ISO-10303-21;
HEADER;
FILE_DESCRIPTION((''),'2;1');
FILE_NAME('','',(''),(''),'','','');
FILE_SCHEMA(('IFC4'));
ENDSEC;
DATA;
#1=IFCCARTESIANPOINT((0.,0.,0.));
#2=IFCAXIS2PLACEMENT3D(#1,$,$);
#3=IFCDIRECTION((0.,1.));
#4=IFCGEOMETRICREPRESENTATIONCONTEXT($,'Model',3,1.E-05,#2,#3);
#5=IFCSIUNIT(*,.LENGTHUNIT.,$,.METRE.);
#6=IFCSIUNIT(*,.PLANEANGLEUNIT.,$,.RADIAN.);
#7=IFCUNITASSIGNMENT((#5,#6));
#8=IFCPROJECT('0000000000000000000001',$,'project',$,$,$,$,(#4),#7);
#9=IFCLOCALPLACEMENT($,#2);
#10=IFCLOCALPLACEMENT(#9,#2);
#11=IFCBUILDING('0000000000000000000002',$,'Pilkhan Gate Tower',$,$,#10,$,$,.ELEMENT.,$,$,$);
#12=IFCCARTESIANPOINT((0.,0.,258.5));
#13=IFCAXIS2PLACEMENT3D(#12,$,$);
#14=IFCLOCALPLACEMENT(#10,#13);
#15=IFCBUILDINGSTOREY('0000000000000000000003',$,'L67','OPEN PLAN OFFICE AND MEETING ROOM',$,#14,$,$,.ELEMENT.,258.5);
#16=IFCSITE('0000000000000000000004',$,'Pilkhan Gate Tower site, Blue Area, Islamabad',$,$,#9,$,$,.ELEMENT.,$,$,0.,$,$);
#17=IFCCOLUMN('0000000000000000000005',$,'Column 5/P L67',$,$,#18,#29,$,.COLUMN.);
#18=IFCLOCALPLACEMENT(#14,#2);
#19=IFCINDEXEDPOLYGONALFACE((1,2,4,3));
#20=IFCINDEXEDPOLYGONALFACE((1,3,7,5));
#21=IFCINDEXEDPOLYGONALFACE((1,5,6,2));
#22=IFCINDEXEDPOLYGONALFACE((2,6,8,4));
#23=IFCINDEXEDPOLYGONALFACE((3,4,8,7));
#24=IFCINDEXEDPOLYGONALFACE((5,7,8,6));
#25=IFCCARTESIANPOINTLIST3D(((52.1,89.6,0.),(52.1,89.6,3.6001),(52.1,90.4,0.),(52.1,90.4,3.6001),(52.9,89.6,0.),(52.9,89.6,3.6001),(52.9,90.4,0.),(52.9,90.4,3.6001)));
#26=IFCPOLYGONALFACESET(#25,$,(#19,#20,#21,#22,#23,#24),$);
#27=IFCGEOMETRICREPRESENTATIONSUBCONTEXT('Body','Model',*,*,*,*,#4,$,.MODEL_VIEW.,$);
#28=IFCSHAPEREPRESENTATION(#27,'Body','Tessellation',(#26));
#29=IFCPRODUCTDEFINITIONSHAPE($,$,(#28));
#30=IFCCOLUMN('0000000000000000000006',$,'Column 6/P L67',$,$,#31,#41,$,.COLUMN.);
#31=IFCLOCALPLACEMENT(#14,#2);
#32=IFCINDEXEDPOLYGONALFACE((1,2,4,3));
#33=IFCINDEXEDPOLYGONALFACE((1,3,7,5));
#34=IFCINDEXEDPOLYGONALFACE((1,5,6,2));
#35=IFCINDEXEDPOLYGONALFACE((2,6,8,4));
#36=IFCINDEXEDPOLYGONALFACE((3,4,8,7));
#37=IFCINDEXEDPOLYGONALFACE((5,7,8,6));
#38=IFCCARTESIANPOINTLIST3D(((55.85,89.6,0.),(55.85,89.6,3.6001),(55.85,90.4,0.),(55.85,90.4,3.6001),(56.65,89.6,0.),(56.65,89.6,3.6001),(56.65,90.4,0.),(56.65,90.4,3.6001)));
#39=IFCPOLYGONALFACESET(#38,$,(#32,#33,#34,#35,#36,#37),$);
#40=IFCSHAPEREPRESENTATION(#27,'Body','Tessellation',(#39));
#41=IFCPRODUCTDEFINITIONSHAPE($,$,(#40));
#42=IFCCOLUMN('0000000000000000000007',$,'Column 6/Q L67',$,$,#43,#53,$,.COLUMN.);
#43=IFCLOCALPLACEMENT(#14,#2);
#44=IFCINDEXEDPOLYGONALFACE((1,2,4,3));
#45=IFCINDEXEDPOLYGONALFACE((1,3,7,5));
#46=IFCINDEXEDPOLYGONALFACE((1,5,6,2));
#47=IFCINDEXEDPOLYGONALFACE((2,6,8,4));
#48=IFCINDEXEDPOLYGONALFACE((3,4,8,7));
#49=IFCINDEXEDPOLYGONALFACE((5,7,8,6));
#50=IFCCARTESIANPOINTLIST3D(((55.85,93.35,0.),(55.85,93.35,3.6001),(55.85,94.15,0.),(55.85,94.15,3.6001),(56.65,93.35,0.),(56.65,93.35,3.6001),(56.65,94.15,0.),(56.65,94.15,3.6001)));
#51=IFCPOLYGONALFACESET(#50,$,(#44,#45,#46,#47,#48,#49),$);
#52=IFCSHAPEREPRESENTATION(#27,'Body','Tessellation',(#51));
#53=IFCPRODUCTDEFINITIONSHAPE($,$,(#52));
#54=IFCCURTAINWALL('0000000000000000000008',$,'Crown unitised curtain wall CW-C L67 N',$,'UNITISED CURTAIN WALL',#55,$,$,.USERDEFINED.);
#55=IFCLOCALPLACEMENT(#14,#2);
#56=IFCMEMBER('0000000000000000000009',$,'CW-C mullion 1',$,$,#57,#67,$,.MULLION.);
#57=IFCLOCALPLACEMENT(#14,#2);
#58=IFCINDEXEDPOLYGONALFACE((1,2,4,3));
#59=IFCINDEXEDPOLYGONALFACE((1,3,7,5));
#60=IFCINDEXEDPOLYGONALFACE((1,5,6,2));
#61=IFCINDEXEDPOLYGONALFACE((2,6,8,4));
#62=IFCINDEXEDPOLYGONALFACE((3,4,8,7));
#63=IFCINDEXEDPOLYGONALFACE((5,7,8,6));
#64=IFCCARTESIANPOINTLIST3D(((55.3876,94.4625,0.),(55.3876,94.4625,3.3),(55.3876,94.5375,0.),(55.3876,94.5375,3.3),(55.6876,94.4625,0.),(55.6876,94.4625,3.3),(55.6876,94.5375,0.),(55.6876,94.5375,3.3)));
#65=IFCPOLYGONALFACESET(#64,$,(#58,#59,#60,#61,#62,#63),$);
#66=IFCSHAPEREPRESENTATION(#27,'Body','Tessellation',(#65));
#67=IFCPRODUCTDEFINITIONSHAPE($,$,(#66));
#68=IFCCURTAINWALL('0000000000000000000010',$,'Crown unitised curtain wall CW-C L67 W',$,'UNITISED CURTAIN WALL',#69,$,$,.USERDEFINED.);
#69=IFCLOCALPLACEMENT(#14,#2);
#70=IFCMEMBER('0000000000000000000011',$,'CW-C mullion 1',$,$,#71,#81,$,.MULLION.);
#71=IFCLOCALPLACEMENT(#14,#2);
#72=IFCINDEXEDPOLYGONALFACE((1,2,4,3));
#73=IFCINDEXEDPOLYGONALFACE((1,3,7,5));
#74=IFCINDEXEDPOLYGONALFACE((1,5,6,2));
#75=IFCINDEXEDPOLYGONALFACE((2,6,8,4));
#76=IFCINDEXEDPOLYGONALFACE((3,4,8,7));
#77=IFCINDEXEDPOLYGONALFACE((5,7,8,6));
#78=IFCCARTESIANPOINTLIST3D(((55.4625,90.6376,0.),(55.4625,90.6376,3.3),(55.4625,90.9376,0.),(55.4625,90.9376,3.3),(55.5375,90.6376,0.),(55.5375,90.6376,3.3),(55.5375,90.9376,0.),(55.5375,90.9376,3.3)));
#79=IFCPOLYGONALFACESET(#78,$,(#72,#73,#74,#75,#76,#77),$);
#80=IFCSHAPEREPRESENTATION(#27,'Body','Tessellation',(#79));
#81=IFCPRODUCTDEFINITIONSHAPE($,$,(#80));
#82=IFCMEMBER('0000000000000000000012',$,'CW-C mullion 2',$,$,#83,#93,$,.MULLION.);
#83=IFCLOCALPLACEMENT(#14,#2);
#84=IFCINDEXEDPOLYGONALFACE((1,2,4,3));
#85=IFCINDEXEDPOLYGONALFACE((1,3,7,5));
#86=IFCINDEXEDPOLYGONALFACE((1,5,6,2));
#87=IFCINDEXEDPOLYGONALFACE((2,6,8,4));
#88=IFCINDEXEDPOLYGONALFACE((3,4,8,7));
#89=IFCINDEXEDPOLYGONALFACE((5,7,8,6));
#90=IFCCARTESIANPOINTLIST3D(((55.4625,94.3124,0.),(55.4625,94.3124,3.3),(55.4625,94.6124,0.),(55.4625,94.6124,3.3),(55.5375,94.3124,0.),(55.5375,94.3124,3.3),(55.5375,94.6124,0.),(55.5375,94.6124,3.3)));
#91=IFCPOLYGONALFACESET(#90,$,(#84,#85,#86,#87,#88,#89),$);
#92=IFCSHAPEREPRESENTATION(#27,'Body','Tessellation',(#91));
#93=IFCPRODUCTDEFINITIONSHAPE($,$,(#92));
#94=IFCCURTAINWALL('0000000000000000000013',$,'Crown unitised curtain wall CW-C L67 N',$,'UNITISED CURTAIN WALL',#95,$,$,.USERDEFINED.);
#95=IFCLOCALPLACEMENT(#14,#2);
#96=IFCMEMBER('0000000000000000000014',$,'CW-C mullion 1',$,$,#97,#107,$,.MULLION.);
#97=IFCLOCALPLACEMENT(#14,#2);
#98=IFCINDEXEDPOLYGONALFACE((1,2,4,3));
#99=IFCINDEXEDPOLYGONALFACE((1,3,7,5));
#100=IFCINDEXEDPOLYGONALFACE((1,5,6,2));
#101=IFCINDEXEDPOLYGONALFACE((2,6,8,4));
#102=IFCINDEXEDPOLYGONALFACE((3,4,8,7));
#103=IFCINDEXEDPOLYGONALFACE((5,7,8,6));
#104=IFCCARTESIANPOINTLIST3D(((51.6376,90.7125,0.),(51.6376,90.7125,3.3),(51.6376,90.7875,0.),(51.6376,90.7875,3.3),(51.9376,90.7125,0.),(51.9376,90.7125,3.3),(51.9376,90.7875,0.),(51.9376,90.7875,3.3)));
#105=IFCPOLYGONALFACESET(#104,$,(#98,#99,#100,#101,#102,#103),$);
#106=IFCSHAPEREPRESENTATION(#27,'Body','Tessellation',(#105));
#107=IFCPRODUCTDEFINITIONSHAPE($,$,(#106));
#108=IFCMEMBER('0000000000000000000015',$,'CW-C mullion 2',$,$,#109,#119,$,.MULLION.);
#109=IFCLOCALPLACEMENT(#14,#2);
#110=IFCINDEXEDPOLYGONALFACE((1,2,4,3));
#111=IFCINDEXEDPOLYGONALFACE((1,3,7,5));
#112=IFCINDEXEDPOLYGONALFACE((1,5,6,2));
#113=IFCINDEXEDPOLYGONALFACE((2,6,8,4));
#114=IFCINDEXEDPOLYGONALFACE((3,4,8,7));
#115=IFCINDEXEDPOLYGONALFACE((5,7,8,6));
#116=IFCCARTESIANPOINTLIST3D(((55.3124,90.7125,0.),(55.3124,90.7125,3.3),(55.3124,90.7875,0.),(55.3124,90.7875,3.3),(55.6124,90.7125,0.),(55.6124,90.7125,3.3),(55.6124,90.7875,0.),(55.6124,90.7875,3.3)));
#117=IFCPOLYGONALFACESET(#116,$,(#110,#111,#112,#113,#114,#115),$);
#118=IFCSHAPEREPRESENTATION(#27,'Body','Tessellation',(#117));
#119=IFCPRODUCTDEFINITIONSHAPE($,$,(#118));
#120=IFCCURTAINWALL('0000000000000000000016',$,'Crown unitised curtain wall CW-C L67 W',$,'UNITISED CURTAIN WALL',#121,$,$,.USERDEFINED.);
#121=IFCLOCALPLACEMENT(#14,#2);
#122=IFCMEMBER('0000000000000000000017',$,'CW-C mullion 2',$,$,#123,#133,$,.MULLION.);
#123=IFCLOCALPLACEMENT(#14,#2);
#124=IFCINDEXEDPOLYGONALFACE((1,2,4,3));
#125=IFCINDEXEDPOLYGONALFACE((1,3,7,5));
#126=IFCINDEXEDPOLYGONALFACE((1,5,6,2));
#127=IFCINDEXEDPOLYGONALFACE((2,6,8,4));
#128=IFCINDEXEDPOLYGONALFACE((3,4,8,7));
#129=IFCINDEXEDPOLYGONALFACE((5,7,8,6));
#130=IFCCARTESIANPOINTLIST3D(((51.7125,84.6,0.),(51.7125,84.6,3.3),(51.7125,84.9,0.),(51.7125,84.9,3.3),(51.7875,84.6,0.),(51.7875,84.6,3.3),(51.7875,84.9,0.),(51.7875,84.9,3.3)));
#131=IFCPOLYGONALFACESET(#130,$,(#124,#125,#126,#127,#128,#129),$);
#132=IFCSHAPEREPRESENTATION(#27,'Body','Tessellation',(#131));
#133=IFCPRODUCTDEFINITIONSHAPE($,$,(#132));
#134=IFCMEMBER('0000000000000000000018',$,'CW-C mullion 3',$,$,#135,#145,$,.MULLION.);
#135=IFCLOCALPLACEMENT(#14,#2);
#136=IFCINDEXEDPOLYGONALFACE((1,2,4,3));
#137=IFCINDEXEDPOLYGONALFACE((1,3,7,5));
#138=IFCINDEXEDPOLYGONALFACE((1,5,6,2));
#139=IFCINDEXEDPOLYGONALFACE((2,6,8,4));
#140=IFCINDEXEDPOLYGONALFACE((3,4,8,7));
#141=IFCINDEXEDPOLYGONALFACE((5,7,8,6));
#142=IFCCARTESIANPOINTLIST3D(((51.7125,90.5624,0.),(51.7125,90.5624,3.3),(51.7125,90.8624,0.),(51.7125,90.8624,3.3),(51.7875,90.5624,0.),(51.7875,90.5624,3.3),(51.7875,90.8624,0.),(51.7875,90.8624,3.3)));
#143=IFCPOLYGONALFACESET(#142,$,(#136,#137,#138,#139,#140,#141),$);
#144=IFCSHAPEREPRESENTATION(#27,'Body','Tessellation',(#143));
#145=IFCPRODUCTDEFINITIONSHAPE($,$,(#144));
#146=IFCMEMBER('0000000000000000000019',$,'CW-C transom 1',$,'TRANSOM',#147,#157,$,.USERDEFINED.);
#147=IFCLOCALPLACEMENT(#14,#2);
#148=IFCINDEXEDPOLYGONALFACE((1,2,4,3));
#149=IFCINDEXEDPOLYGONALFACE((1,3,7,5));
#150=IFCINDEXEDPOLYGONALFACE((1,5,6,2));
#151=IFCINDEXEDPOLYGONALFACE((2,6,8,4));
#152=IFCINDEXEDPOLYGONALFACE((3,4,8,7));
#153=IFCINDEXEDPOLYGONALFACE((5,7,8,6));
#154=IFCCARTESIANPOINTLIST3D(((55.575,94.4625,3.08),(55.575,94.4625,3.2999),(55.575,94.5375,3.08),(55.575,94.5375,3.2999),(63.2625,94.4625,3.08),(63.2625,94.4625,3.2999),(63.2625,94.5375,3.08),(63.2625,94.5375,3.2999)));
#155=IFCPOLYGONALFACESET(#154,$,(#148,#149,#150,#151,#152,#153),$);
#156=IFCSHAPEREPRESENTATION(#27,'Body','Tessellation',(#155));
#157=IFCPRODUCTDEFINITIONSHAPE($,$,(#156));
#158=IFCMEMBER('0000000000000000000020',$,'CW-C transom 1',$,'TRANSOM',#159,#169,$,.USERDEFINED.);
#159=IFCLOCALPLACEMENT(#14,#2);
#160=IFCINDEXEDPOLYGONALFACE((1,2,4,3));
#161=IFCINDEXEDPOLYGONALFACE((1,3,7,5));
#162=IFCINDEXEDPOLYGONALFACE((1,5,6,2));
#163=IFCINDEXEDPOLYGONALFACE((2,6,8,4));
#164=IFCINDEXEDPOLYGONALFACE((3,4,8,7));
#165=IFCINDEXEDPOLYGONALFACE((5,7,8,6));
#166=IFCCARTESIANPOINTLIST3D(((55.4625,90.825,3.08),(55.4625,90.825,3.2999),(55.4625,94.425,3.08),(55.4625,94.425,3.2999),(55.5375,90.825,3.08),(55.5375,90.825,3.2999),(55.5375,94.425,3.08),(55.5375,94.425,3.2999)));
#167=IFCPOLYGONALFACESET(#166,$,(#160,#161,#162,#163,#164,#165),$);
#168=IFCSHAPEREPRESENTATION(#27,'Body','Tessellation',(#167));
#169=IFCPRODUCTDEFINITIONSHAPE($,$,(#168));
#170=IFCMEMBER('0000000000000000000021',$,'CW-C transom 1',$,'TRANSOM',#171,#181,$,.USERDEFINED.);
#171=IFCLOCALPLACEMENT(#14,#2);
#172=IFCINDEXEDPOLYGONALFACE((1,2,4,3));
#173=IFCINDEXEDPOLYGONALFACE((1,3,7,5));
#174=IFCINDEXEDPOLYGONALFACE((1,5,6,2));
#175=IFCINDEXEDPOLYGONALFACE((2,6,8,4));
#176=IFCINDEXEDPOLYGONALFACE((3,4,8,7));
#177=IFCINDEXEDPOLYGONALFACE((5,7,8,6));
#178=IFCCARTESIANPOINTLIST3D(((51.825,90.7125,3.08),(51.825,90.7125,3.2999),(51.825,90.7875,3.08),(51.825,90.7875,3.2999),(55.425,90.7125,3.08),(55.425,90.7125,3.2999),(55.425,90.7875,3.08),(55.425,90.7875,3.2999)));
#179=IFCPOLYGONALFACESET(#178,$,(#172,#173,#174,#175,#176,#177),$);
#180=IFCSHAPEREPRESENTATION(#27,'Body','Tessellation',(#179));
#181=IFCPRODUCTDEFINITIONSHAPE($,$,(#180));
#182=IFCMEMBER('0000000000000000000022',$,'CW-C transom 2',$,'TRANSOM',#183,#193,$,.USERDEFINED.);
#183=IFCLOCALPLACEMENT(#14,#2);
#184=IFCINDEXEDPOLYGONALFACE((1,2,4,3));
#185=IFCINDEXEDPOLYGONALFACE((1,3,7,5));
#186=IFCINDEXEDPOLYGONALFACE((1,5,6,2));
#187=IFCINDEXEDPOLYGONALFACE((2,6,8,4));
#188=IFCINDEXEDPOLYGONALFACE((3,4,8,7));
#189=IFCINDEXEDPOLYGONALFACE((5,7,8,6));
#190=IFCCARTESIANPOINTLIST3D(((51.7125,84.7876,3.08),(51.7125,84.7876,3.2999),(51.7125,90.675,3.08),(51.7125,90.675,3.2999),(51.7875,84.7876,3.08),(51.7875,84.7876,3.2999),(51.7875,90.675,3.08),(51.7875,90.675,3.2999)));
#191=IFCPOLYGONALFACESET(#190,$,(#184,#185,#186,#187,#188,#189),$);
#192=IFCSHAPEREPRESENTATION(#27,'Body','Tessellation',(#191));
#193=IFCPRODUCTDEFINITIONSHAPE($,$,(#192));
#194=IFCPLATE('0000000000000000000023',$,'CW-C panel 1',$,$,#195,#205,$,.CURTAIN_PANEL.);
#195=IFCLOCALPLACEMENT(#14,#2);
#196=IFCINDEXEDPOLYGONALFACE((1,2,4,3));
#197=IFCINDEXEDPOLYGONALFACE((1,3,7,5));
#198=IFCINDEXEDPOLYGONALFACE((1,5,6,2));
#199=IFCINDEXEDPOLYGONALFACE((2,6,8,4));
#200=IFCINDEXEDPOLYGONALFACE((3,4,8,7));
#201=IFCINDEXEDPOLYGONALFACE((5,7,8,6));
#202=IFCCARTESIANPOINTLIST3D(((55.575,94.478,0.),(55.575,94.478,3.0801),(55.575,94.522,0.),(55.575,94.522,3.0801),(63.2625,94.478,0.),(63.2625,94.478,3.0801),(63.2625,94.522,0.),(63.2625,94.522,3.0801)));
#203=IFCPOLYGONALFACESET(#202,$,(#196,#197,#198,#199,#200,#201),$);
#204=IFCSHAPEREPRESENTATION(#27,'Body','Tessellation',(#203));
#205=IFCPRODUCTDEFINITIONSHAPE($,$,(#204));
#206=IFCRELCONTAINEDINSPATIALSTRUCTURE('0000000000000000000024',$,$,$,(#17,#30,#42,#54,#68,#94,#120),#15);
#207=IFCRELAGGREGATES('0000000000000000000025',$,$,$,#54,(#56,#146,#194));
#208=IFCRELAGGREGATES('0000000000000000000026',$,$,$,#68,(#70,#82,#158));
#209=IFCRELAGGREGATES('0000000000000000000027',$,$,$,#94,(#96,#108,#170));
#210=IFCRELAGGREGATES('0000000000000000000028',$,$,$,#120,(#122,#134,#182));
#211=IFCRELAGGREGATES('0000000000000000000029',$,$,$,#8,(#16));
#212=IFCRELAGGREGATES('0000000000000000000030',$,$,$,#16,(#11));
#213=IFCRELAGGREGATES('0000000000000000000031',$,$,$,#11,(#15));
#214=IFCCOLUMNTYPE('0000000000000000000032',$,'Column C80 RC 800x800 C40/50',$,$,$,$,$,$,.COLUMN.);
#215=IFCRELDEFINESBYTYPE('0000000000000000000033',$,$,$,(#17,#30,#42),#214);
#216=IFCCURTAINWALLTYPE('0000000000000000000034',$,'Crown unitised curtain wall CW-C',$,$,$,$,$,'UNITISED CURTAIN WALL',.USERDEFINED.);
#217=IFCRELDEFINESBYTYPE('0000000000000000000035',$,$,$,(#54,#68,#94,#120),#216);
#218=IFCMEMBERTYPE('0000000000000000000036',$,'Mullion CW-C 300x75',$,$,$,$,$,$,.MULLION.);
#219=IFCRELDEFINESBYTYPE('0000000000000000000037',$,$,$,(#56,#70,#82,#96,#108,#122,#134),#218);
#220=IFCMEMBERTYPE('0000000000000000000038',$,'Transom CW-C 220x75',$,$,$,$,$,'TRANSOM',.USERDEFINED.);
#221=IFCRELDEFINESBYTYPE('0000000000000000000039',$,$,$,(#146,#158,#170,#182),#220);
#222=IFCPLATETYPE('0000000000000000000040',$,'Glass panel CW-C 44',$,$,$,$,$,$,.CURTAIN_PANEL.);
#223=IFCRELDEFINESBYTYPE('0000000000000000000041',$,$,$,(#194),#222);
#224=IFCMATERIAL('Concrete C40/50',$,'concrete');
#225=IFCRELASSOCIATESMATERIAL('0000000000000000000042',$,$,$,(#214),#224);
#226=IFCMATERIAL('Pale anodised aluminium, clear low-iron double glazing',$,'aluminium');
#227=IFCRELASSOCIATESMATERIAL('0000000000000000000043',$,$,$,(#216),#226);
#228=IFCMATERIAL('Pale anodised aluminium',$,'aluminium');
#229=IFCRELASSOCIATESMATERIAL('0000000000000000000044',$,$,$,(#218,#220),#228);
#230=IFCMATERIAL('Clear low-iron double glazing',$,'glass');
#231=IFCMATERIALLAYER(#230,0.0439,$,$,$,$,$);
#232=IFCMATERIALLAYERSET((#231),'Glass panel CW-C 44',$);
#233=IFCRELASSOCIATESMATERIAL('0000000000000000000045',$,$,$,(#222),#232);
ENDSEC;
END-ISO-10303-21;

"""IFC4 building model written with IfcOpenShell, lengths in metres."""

from ifc_helpers import new_model, si_unit, direction, frame, origin, origin_2d, place, context, subcontext, project, spatial, rectangle, extrude, material, layer, layer_set, material_profile, profile_set, type_object, element, aggregate, save


model = new_model("IFC4")

# Units and contexts
model_context = context("Model", 3, precision=1e-05, world=origin(), true_north=direction((0.0, 1.0)))
body_context = subcontext(model_context, "Body", "Model", "MODEL_VIEW")
ifc_project = project(units=[si_unit("LENGTHUNIT", "METRE"), si_unit("PLANEANGLEUNIT", "RADIAN")], contexts=[model_context])

# Site, building, storey
site_placement = place(None, origin())
site = spatial("IfcSite", under=ifc_project, at=site_placement, Name="Pilkhan Gate Tower site, Blue Area, Islamabad", CompositionType="ELEMENT", RefElevation=0.0)
building_placement = place(site_placement, origin())
building = spatial("IfcBuilding", under=site, at=building_placement, Name="Pilkhan Gate Tower", CompositionType="ELEMENT")
storey_placement = place(building_placement, frame((0.0, 0.0, 258.5)))
storey = spatial("IfcBuildingStorey", under=building, at=storey_placement, Name="L67", Description="OPEN PLAN OFFICE AND MEETING ROOM", CompositionType="ELEMENT", Elevation=258.5)

# Columns
ifc_material_1 = material(Name="Concrete C40/50", Category="concrete")
ifc_material_profile_1 = material_profile(ifc_material_1, rectangle(XDim=0.8, YDim=0.8, at=origin_2d()), Name="RC 800x800")
ifc_profile_set_1 = profile_set([ifc_material_profile_1], Name="Concrete C40/50")
column_type = type_object("IfcColumnType", Name="Column C80 RC 800x800 C40/50", PredefinedType="COLUMN", material=ifc_profile_set_1)
for number, where, z_axis, x_axis, name in (
    (1, (52.5, 90.0, 0.0), (0.0, 0.0, 1.0), (1.0, 0.0, 0.0), "Column 5/P L67"),
    (2, (56.25, 90.0, 0.0), (0.0, 0.0, 1.0), (1.0, 0.0, 0.0), "Column 6/P L67"),
    (3, (56.25, 93.75, 0.0), (0.0, 0.0, 1.0), (1.0, 0.0, 0.0), "Column 6/Q L67"),
):
    element("IfcColumn", number, at=place(storey_placement, frame(where, z_axis=z_axis, x_axis=x_axis)), inside=storey, type_object=column_type, Name=name, PredefinedType="COLUMN", context=body_context, shape_type="SweptSolid", body=[
        extrude(rectangle(XDim=0.8, YDim=0.8, at=origin_2d()), origin(), (0.0, 0.0, 1.0), 3.6001),
    ])

# Curtain wall, member
ifc_material_2 = material(Name="Pale anodised aluminium, clear low-iron double glazing", Category="aluminium")
curtain_wall_type = type_object("IfcCurtainWallType", Name="Crown unitised curtain wall CW-C", ElementType="UNITISED CURTAIN WALL", PredefinedType="USERDEFINED", material=ifc_material_2)
curtain_wall_1_placement = place(storey_placement, origin())
curtain_wall_1 = element("IfcCurtainWall", 4, at=curtain_wall_1_placement, inside=storey, type_object=curtain_wall_type, Name="Crown unitised curtain wall CW-C L67 N", ObjectType="UNITISED CURTAIN WALL", PredefinedType="USERDEFINED")
ifc_material_3 = material(Name="Pale anodised aluminium", Category="aluminium")
ifc_material_profile_2 = material_profile(ifc_material_3, rectangle(XDim=0.075, YDim=0.3, at=origin_2d()), Name="Mullion 300x75")
ifc_profile_set_2 = profile_set([ifc_material_profile_2], Name="Pale anodised aluminium")
member_type_1 = type_object("IfcMemberType", Name="Mullion CW-C 300x75", PredefinedType="MULLION", material=ifc_profile_set_2)
member_1_placement = place(storey_placement, frame((55.5376, 94.5, 0.0), z_axis=(0.0, 0.0, 1.0), x_axis=(0.0, 1.0, 0.0)))
member_1 = element("IfcMember", 5, at=member_1_placement, type_object=member_type_1, Name="CW-C mullion 1", PredefinedType="MULLION", context=body_context, shape_type="SweptSolid", body=[
    extrude(rectangle(XDim=0.075, YDim=0.3, at=origin_2d()), origin(), (0.0, 0.0, 1.0), 3.3),
])

# Curtain walls, members
curtain_wall_2_placement = place(storey_placement, origin())
curtain_wall_2 = element("IfcCurtainWall", 6, at=curtain_wall_2_placement, inside=storey, type_object=curtain_wall_type, Name="Crown unitised curtain wall CW-C L67 W", ObjectType="UNITISED CURTAIN WALL", PredefinedType="USERDEFINED")
member_2_placement = place(storey_placement, frame((55.5, 90.7876, 0.0), z_axis=(0.0, 0.0, 1.0), x_axis=(-1.0, 0.0, 0.0)))
member_2 = element("IfcMember", 7, at=member_2_placement, type_object=member_type_1, Name="CW-C mullion 1", PredefinedType="MULLION", context=body_context, shape_type="SweptSolid", body=[
    extrude(rectangle(XDim=0.075, YDim=0.3, at=origin_2d()), origin(), (0.0, 0.0, 1.0), 3.3),
])
member_3_placement = place(storey_placement, frame((55.5, 94.4624, 0.0), z_axis=(0.0, 0.0, 1.0), x_axis=(-1.0, 0.0, 0.0)))
member_3 = element("IfcMember", 8, at=member_3_placement, type_object=member_type_1, Name="CW-C mullion 2", PredefinedType="MULLION", context=body_context, shape_type="SweptSolid", body=[
    extrude(rectangle(XDim=0.075, YDim=0.3, at=origin_2d()), origin(), (0.0, 0.0, 1.0), 3.3),
])
curtain_wall_3_placement = place(storey_placement, origin())
curtain_wall_3 = element("IfcCurtainWall", 9, at=curtain_wall_3_placement, inside=storey, type_object=curtain_wall_type, Name="Crown unitised curtain wall CW-C L67 N", ObjectType="UNITISED CURTAIN WALL", PredefinedType="USERDEFINED")
member_4_placement = place(storey_placement, frame((51.7876, 90.75, 0.0), z_axis=(0.0, 0.0, 1.0), x_axis=(0.0, 1.0, 0.0)))
member_4 = element("IfcMember", 10, at=member_4_placement, type_object=member_type_1, Name="CW-C mullion 1", PredefinedType="MULLION", context=body_context, shape_type="SweptSolid", body=[
    extrude(rectangle(XDim=0.075, YDim=0.3, at=origin_2d()), origin(), (0.0, 0.0, 1.0), 3.3),
])
member_5_placement = place(storey_placement, frame((55.4624, 90.75, 0.0), z_axis=(0.0, 0.0, 1.0), x_axis=(0.0, 1.0, 0.0)))
member_5 = element("IfcMember", 11, at=member_5_placement, type_object=member_type_1, Name="CW-C mullion 2", PredefinedType="MULLION", context=body_context, shape_type="SweptSolid", body=[
    extrude(rectangle(XDim=0.075, YDim=0.3, at=origin_2d()), origin(), (0.0, 0.0, 1.0), 3.3),
])
curtain_wall_4_placement = place(storey_placement, origin())
curtain_wall_4 = element("IfcCurtainWall", 12, at=curtain_wall_4_placement, inside=storey, type_object=curtain_wall_type, Name="Crown unitised curtain wall CW-C L67 W", ObjectType="UNITISED CURTAIN WALL", PredefinedType="USERDEFINED")
member_6_placement = place(storey_placement, frame((51.75, 84.75, 0.0), z_axis=(0.0, 0.0, 1.0), x_axis=(-1.0, 0.0, 0.0)))
member_6 = element("IfcMember", 13, at=member_6_placement, type_object=member_type_1, Name="CW-C mullion 2", PredefinedType="MULLION", context=body_context, shape_type="SweptSolid", body=[
    extrude(rectangle(XDim=0.075, YDim=0.3, at=origin_2d()), origin(), (0.0, 0.0, 1.0), 3.3),
])
member_7_placement = place(storey_placement, frame((51.75, 90.7124, 0.0), z_axis=(0.0, 0.0, 1.0), x_axis=(-1.0, 0.0, 0.0)))
member_7 = element("IfcMember", 14, at=member_7_placement, type_object=member_type_1, Name="CW-C mullion 3", PredefinedType="MULLION", context=body_context, shape_type="SweptSolid", body=[
    extrude(rectangle(XDim=0.075, YDim=0.3, at=origin_2d()), origin(), (0.0, 0.0, 1.0), 3.3),
])

# Members
ifc_material_profile_3 = material_profile(ifc_material_3, rectangle(XDim=0.075, YDim=0.22, at=origin_2d()), Name="Transom 220x75")
ifc_profile_set_3 = profile_set([ifc_material_profile_3], Name="Pale anodised aluminium")
member_type_2 = type_object("IfcMemberType", Name="Transom CW-C 220x75", ElementType="TRANSOM", PredefinedType="USERDEFINED", material=ifc_profile_set_3)
member_8_placement = place(storey_placement, frame((55.575, 94.5, 3.1899), z_axis=(1.0, 0.0, 0.0), x_axis=(0.0, 1.0, 0.0)))
member_8 = element("IfcMember", 15, at=member_8_placement, type_object=member_type_2, Name="CW-C transom 1", ObjectType="TRANSOM", PredefinedType="USERDEFINED", context=body_context, shape_type="SweptSolid", body=[
    extrude(rectangle(XDim=0.075, YDim=0.22, at=origin_2d()), origin(), (0.0, 0.0, 1.0), 7.6875),
])
member_9_placement = place(storey_placement, frame((55.5, 90.825, 3.1899), z_axis=(0.0, 1.0, 0.0), x_axis=(-1.0, 0.0, 0.0)))
member_9 = element("IfcMember", 16, at=member_9_placement, type_object=member_type_2, Name="CW-C transom 1", ObjectType="TRANSOM", PredefinedType="USERDEFINED", context=body_context, shape_type="SweptSolid", body=[
    extrude(rectangle(XDim=0.075, YDim=0.22, at=origin_2d()), origin(), (0.0, 0.0, 1.0), 3.6001),
])
member_10_placement = place(storey_placement, frame((51.825, 90.75, 3.1899), z_axis=(1.0, 0.0, 0.0), x_axis=(0.0, 1.0, 0.0)))
member_10 = element("IfcMember", 17, at=member_10_placement, type_object=member_type_2, Name="CW-C transom 1", ObjectType="TRANSOM", PredefinedType="USERDEFINED", context=body_context, shape_type="SweptSolid", body=[
    extrude(rectangle(XDim=0.075, YDim=0.22, at=origin_2d()), origin(), (0.0, 0.0, 1.0), 3.6001),
])
member_11_placement = place(storey_placement, frame((51.75, 84.7876, 3.1899), z_axis=(0.0, 1.0, 0.0), x_axis=(-1.0, 0.0, 0.0)))
member_11 = element("IfcMember", 18, at=member_11_placement, type_object=member_type_2, Name="CW-C transom 2", ObjectType="TRANSOM", PredefinedType="USERDEFINED", context=body_context, shape_type="SweptSolid", body=[
    extrude(rectangle(XDim=0.075, YDim=0.22, at=origin_2d()), origin(), (0.0, 0.0, 1.0), 5.8875),
])

# Plate
ifc_material_4 = material(Name="Clear low-iron double glazing", Category="glass")
ifc_layer_1 = layer(ifc_material_4, 0.0439)
ifc_layer_set_1 = layer_set([ifc_layer_1], Name="Glass panel CW-C 44")
plate_type = type_object("IfcPlateType", Name="Glass panel CW-C 44", PredefinedType="CURTAIN_PANEL", material=ifc_layer_set_1)
plate_1_placement = place(storey_placement, frame((59.4187, 94.5, 0.0), z_axis=(0.0, 0.0, 1.0), x_axis=(1.0, 0.0, 0.0)))
plate_1 = element("IfcPlate", 19, at=plate_1_placement, type_object=plate_type, Name="CW-C panel 1", PredefinedType="CURTAIN_PANEL", context=body_context, shape_type="SweptSolid", body=[
    extrude(rectangle(XDim=7.6875, YDim=0.0439, at=origin_2d()), origin(), (0.0, 0.0, 1.0), 3.0801),
])
aggregate(curtain_wall_1, [member_1, member_8, plate_1])
aggregate(curtain_wall_2, [member_2, member_3, member_9])
aggregate(curtain_wall_3, [member_4, member_5, member_10])
aggregate(curtain_wall_4, [member_6, member_7, member_11])

save(model, "model.ifc")
